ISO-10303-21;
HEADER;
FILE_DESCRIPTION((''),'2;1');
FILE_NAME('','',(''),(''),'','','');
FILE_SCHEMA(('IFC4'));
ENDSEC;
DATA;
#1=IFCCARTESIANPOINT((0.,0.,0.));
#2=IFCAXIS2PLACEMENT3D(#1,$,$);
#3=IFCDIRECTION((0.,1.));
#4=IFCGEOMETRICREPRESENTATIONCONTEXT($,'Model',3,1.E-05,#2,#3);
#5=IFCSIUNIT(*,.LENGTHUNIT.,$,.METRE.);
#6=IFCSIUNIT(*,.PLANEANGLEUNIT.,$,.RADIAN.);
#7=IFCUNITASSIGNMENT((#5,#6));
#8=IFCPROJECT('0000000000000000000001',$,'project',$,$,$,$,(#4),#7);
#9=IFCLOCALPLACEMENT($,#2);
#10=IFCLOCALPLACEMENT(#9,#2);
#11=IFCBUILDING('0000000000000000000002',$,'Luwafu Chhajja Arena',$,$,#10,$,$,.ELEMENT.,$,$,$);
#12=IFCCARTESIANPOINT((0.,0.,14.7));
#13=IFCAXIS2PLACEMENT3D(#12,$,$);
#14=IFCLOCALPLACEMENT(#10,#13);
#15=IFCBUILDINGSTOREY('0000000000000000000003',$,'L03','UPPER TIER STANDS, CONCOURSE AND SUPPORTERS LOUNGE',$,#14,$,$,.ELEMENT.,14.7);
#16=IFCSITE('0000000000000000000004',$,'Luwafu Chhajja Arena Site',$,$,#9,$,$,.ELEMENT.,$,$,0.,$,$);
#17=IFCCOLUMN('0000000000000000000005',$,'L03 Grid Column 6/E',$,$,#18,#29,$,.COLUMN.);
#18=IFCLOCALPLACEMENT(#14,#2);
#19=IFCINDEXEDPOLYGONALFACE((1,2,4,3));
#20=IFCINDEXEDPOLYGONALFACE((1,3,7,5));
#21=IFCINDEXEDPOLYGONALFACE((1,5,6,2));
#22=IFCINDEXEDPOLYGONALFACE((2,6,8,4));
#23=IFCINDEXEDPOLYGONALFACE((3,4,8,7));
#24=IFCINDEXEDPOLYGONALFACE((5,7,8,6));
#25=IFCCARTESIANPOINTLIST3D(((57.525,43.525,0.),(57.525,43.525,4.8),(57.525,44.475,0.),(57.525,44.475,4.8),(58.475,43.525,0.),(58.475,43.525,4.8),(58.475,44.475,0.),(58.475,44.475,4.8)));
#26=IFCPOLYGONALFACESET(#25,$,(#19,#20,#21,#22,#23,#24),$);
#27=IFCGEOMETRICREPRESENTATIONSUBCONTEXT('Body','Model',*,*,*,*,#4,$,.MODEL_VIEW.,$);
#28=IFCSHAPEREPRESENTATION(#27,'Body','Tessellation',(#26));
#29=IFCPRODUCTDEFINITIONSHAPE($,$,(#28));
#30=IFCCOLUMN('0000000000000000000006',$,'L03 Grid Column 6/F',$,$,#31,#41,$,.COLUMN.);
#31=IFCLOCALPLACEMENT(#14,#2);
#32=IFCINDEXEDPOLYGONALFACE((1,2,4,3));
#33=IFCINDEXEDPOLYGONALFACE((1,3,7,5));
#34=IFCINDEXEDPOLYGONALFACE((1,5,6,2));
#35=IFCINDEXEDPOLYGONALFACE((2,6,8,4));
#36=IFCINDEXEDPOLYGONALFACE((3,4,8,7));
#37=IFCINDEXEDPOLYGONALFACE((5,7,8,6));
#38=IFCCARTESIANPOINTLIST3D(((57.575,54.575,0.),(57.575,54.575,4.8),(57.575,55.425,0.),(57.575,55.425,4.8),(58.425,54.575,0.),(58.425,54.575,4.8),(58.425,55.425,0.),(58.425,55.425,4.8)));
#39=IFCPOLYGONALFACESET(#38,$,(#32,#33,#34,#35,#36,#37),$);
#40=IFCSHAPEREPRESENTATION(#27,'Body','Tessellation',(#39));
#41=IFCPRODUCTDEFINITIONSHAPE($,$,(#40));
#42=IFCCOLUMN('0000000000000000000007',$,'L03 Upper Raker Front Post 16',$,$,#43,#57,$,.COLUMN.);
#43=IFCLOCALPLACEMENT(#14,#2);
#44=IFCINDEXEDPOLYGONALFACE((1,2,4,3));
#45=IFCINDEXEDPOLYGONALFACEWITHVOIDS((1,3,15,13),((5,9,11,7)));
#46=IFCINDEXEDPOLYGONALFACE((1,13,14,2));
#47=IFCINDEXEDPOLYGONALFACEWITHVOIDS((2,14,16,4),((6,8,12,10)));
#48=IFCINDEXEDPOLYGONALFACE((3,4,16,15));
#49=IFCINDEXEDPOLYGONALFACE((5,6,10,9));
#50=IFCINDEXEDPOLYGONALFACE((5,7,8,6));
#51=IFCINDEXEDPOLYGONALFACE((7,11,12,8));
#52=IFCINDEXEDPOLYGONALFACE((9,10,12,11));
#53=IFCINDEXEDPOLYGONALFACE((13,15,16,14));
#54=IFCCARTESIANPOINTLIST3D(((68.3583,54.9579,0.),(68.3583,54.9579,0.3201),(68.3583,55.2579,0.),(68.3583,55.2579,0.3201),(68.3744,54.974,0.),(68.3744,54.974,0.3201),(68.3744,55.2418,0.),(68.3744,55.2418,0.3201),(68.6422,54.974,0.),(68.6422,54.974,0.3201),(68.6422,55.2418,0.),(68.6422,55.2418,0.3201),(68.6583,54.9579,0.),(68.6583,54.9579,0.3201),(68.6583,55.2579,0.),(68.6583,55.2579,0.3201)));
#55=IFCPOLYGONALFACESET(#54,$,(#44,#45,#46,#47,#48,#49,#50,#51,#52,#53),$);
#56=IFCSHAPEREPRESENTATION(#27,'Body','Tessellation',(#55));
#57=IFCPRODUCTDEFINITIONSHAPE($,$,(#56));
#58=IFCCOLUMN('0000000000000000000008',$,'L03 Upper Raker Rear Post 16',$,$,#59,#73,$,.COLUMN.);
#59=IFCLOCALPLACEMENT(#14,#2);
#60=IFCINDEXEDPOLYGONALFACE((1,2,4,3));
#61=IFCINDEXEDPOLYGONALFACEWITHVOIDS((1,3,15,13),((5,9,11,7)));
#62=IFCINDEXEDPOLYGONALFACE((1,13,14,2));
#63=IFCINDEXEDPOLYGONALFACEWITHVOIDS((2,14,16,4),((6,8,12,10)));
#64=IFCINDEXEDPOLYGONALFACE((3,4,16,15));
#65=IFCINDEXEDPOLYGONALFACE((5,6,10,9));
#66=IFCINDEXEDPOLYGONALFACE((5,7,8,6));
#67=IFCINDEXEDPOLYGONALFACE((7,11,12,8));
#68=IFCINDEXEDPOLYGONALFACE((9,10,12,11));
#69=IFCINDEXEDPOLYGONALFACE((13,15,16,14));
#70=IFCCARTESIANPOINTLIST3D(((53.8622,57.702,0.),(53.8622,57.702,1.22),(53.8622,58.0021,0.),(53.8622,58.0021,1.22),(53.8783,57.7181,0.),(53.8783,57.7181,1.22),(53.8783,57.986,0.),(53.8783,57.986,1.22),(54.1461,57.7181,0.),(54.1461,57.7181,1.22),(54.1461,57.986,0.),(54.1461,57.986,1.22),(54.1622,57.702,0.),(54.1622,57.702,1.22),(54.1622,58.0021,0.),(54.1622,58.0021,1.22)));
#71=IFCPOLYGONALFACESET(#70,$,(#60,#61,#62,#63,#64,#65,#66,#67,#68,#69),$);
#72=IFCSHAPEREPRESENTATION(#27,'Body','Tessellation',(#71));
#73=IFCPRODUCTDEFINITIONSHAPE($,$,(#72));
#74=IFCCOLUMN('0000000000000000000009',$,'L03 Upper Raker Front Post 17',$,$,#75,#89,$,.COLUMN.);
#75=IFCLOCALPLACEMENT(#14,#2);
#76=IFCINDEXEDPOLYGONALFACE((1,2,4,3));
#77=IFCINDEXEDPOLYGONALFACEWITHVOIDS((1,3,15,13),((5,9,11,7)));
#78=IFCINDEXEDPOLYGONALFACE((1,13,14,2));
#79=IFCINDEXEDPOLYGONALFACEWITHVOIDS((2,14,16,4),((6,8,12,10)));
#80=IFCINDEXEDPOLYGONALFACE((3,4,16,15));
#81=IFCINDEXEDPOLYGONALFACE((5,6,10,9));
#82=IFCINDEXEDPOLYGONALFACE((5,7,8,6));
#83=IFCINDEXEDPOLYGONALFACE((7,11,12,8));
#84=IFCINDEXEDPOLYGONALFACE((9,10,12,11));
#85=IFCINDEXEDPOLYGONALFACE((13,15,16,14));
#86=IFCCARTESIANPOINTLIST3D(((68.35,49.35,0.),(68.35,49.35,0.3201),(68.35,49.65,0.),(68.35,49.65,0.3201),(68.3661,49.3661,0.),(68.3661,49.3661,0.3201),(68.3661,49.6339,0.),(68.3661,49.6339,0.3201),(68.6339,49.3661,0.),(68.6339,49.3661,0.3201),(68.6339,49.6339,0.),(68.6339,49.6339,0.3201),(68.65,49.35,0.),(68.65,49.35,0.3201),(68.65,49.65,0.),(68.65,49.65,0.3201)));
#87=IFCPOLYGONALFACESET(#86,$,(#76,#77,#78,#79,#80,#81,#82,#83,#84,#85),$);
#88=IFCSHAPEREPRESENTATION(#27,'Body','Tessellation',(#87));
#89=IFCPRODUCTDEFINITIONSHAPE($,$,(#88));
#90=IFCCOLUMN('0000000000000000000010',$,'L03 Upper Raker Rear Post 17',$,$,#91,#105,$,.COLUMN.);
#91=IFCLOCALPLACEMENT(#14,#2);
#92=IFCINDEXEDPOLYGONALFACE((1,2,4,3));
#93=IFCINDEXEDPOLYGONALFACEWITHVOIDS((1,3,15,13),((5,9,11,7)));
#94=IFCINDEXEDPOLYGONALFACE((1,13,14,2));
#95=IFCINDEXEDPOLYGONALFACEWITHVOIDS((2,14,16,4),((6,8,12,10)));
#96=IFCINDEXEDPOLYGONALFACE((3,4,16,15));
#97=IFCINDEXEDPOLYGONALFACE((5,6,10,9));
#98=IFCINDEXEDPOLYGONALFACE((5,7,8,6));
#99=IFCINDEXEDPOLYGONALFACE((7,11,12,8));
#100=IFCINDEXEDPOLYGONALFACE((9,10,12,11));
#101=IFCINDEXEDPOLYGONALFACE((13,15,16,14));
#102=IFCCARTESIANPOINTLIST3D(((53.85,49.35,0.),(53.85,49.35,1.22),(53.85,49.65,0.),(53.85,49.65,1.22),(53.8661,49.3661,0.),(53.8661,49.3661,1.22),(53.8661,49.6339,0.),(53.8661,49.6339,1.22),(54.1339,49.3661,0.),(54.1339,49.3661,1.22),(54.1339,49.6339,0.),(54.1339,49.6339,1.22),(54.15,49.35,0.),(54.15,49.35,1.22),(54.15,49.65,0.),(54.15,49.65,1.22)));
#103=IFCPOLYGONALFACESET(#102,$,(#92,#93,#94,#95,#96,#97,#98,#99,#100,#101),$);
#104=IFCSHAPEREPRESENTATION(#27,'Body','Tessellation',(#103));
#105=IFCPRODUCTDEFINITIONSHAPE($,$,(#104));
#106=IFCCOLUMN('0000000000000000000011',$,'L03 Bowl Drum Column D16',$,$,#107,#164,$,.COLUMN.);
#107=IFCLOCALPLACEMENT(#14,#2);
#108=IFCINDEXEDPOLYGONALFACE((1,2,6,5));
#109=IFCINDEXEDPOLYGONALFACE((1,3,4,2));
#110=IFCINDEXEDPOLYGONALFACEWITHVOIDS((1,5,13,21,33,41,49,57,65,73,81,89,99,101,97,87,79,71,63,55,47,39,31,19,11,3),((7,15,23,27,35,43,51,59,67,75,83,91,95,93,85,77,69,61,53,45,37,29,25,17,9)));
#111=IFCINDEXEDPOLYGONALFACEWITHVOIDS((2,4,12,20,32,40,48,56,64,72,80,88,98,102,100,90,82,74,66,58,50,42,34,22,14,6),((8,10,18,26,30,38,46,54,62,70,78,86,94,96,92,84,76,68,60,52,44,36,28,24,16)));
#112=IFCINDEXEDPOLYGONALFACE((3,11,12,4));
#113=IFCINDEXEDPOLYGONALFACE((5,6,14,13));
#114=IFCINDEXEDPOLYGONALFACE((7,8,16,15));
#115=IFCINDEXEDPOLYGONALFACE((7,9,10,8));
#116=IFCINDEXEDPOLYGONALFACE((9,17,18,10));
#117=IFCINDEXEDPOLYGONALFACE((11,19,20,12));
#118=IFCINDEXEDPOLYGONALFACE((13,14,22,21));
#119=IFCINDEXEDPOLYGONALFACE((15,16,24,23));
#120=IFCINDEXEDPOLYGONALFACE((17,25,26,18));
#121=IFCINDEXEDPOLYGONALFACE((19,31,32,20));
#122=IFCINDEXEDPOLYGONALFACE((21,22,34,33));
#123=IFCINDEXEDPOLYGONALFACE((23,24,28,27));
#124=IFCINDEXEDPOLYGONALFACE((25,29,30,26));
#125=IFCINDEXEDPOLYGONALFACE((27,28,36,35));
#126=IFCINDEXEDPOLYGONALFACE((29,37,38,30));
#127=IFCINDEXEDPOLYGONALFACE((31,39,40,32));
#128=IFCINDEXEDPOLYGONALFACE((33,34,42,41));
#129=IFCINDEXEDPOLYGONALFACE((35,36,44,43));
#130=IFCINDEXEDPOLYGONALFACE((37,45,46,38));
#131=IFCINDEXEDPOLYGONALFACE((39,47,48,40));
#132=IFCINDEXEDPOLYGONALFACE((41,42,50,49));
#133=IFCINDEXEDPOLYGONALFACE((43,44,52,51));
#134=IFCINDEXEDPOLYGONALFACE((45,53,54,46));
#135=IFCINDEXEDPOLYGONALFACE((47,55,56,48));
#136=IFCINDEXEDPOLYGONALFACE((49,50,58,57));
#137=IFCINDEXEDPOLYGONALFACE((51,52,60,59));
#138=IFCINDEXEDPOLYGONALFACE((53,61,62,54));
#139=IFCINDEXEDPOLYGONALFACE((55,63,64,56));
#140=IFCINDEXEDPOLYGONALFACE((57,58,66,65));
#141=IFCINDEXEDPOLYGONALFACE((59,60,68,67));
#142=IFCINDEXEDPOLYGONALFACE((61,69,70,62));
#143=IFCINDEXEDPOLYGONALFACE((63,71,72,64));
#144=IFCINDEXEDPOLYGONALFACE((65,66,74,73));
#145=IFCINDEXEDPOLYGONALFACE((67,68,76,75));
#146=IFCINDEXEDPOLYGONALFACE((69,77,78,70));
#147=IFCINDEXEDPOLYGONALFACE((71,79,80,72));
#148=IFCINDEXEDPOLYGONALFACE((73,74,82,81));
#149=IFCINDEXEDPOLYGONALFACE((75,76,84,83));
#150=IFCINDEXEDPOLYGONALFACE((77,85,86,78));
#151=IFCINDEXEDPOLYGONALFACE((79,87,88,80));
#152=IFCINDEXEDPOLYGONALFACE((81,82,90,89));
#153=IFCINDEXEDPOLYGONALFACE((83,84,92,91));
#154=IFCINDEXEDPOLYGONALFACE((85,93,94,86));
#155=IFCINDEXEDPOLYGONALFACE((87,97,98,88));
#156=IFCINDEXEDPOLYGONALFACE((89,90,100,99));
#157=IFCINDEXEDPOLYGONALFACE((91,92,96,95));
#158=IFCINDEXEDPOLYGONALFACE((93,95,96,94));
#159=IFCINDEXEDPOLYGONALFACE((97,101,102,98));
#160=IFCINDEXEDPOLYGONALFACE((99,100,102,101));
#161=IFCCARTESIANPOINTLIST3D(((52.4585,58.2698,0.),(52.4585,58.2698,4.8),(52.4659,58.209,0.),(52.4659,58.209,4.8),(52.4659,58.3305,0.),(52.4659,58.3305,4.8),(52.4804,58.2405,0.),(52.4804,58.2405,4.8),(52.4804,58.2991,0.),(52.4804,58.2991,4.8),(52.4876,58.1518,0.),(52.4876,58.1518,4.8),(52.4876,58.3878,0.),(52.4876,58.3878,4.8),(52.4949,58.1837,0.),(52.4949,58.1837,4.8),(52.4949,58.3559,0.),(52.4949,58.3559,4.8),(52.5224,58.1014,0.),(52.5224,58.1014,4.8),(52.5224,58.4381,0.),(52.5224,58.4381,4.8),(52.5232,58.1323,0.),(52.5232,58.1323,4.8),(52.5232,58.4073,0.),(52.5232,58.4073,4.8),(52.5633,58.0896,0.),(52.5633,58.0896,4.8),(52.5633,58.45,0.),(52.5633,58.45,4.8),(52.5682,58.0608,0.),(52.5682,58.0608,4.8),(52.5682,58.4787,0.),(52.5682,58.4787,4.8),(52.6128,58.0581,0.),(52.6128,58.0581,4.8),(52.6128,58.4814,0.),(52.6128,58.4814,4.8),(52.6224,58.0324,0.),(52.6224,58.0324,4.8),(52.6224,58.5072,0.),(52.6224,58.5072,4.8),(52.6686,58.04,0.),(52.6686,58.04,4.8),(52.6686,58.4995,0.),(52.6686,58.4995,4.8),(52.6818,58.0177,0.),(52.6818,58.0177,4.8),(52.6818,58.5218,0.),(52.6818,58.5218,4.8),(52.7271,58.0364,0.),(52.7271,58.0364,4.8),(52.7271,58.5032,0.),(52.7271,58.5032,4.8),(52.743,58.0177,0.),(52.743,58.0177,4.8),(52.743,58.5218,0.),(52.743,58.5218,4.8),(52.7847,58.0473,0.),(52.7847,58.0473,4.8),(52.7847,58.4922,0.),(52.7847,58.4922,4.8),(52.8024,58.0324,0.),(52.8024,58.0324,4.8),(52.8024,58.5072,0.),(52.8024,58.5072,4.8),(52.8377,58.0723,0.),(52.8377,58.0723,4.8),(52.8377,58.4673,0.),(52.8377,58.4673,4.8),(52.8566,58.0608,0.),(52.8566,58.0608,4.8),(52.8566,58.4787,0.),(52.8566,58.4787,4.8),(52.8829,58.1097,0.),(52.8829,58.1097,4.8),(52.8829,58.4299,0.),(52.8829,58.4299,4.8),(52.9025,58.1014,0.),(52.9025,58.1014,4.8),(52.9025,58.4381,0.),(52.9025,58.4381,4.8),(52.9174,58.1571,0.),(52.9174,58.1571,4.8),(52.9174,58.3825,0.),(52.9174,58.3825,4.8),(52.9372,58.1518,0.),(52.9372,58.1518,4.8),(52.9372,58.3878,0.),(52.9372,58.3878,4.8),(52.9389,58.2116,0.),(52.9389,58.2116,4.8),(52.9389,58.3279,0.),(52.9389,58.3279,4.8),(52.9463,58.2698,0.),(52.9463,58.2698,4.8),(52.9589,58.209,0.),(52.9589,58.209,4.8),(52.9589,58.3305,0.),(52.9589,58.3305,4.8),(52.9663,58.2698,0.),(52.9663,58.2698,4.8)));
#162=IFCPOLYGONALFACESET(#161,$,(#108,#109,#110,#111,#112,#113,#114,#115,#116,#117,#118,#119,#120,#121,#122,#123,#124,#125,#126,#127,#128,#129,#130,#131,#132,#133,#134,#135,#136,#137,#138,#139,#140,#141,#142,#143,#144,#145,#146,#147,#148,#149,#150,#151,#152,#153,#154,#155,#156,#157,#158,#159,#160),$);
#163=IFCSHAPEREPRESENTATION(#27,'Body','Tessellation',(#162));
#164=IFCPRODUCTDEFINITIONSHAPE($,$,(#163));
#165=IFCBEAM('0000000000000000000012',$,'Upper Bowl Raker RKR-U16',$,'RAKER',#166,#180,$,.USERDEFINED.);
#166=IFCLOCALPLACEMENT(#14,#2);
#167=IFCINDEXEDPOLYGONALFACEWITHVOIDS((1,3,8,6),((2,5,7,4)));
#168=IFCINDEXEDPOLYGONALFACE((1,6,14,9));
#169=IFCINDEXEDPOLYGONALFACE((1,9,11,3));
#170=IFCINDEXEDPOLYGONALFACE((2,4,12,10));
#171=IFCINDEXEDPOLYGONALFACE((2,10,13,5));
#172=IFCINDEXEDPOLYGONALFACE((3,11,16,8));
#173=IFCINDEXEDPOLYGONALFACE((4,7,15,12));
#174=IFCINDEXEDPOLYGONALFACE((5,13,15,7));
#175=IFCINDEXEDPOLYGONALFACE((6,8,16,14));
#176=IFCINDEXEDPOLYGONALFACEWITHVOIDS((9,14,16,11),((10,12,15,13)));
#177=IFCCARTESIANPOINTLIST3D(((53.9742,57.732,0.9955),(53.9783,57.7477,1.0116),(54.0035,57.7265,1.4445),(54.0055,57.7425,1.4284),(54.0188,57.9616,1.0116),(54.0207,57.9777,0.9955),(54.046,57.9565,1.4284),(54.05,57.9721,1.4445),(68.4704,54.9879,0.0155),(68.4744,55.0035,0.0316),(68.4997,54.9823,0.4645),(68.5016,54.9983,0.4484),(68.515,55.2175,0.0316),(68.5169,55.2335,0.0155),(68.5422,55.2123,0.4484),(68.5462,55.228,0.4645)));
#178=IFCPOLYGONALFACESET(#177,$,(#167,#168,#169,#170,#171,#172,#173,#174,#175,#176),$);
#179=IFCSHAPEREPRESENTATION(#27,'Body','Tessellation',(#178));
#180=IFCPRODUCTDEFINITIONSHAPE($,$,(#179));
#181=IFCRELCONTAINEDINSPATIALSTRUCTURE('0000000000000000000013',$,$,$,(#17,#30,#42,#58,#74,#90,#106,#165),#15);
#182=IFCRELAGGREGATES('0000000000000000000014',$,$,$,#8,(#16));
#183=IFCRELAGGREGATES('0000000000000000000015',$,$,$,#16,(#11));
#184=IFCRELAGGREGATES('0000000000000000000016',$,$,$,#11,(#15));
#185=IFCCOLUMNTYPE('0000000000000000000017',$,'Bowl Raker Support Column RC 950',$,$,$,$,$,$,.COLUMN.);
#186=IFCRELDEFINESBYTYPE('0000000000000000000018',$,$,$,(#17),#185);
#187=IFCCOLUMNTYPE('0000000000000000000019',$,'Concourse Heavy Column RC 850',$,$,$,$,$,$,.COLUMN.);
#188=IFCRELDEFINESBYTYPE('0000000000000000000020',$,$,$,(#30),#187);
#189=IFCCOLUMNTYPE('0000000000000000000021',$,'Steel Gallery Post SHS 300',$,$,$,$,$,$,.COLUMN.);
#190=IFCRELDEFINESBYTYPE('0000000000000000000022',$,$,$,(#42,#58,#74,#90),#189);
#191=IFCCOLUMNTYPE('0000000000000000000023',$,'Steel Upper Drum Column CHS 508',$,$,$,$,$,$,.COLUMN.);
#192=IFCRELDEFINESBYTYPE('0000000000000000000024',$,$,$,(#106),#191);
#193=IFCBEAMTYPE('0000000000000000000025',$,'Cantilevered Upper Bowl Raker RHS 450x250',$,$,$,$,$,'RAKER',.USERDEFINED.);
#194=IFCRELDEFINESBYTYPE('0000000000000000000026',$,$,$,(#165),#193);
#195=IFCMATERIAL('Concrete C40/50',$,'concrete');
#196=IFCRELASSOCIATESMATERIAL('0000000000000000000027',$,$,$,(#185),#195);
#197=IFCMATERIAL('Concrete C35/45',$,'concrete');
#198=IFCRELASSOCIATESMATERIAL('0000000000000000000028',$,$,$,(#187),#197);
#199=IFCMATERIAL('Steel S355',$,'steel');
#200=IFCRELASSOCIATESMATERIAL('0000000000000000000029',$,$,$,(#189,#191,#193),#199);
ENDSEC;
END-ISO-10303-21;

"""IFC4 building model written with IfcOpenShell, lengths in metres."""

from ifc_helpers import new_model, si_unit, direction, frame, origin, origin_2d, place, context, subcontext, project, spatial, rectangle, hollow_rectangle, hollow_circle, extrude, material, material_profile, profile_set, type_object, element, save


model = new_model("IFC4")

# Units and contexts
model_context = context("Model", 3, precision=1e-05, world=origin(), true_north=direction((0.0, 1.0)))
body_context = subcontext(model_context, "Body", "Model", "MODEL_VIEW")
ifc_project = project(units=[si_unit("LENGTHUNIT", "METRE"), si_unit("PLANEANGLEUNIT", "RADIAN")], contexts=[model_context])

# Site, building, storey
site_placement = place(None, origin())
site = spatial("IfcSite", under=ifc_project, at=site_placement, Name="Luwafu Chhajja Arena Site", CompositionType="ELEMENT", RefElevation=0.0)
building_placement = place(site_placement, origin())
building = spatial("IfcBuilding", under=site, at=building_placement, Name="Luwafu Chhajja Arena", CompositionType="ELEMENT")
storey_placement = place(building_placement, frame((0.0, 0.0, 14.7)))
storey = spatial("IfcBuildingStorey", under=building, at=storey_placement, Name="L03", Description="UPPER TIER STANDS, CONCOURSE AND SUPPORTERS LOUNGE", CompositionType="ELEMENT", Elevation=14.7)

# Columns
ifc_material_1 = material(Name="Concrete C40/50", Category="concrete")
ifc_material_profile_1 = material_profile(ifc_material_1, rectangle(XDim=0.95, YDim=0.95, at=origin_2d()), Name="RC 950x950")
ifc_profile_set_1 = profile_set([ifc_material_profile_1], Name="Concrete C40/50")
column_type_1 = type_object("IfcColumnType", Name="Bowl Raker Support Column RC 950", PredefinedType="COLUMN", material=ifc_profile_set_1)
column_1_placement = place(storey_placement, frame((58.0, 44.0, 0.0), z_axis=(0.0, 0.0, 1.0), x_axis=(1.0, 0.0, 0.0)))
element("IfcColumn", 1, at=column_1_placement, inside=storey, type_object=column_type_1, Name="L03 Grid Column 6/E", PredefinedType="COLUMN", context=body_context, shape_type="SweptSolid", body=[
    extrude(rectangle(XDim=0.95, YDim=0.95, at=origin_2d()), origin(), (0.0, 0.0, 1.0), 4.8),
])
ifc_material_2 = material(Name="Concrete C35/45", Category="concrete")
ifc_material_profile_2 = material_profile(ifc_material_2, rectangle(XDim=0.8501, YDim=0.8501, at=origin_2d()), Name="RC 850x850")
ifc_profile_set_2 = profile_set([ifc_material_profile_2], Name="Concrete C35/45")
column_type_2 = type_object("IfcColumnType", Name="Concourse Heavy Column RC 850", PredefinedType="COLUMN", material=ifc_profile_set_2)
column_2_placement = place(storey_placement, frame((58.0, 55.0, 0.0), z_axis=(0.0, 0.0, 1.0), x_axis=(1.0, 0.0, 0.0)))
element("IfcColumn", 2, at=column_2_placement, inside=storey, type_object=column_type_2, Name="L03 Grid Column 6/F", PredefinedType="COLUMN", context=body_context, shape_type="SweptSolid", body=[
    extrude(rectangle(XDim=0.8501, YDim=0.8501, at=origin_2d()), origin(), (0.0, 0.0, 1.0), 4.8),
])
ifc_material_3 = material(Name="Steel S355", Category="steel")
ifc_material_profile_3 = material_profile(ifc_material_3, hollow_rectangle(XDim=0.3, YDim=0.3, WallThickness=0.0161, at=origin_2d()), Name="SHS 300x300x16")
ifc_profile_set_3 = profile_set([ifc_material_profile_3], Name="Steel S355")
column_type_3 = type_object("IfcColumnType", Name="Steel Gallery Post SHS 300", PredefinedType="COLUMN", material=ifc_profile_set_3)
column_3_placement = place(storey_placement, frame((68.5083, 55.1079, 0.0), z_axis=(0.0, 0.0, 1.0), x_axis=(1.0, 0.0, 0.0)))
element("IfcColumn", 3, at=column_3_placement, inside=storey, type_object=column_type_3, Name="L03 Upper Raker Front Post 16", PredefinedType="COLUMN", context=body_context, shape_type="SweptSolid", body=[
    extrude(hollow_rectangle(XDim=0.3, YDim=0.3, WallThickness=0.0161, at=origin_2d()), origin(), (0.0, 0.0, 1.0), 0.3201),
])
column_4_placement = place(storey_placement, frame((54.0122, 57.8521, 0.0), z_axis=(0.0, 0.0, 1.0), x_axis=(1.0, 0.0, 0.0)))
element("IfcColumn", 4, at=column_4_placement, inside=storey, type_object=column_type_3, Name="L03 Upper Raker Rear Post 16", PredefinedType="COLUMN", context=body_context, shape_type="SweptSolid", body=[
    extrude(hollow_rectangle(XDim=0.3, YDim=0.3, WallThickness=0.0161, at=origin_2d()), origin(), (0.0, 0.0, 1.0), 1.22),
])
column_5_placement = place(storey_placement, frame((68.5, 49.5, 0.0), z_axis=(0.0, 0.0, 1.0), x_axis=(1.0, 0.0, 0.0)))
element("IfcColumn", 5, at=column_5_placement, inside=storey, type_object=column_type_3, Name="L03 Upper Raker Front Post 17", PredefinedType="COLUMN", context=body_context, shape_type="SweptSolid", body=[
    extrude(hollow_rectangle(XDim=0.3, YDim=0.3, WallThickness=0.0161, at=origin_2d()), origin(), (0.0, 0.0, 1.0), 0.3201),
])
column_6_placement = place(storey_placement, frame((54.0, 49.5, 0.0), z_axis=(0.0, 0.0, 1.0), x_axis=(1.0, 0.0, 0.0)))
element("IfcColumn", 6, at=column_6_placement, inside=storey, type_object=column_type_3, Name="L03 Upper Raker Rear Post 17", PredefinedType="COLUMN", context=body_context, shape_type="SweptSolid", body=[
    extrude(hollow_rectangle(XDim=0.3, YDim=0.3, WallThickness=0.0161, at=origin_2d()), origin(), (0.0, 0.0, 1.0), 1.22),
])
ifc_material_profile_4 = material_profile(ifc_material_3, hollow_circle(Radius=0.2539, WallThickness=0.02, at=origin_2d()), Name="CHS 508x20")
ifc_profile_set_4 = profile_set([ifc_material_profile_4], Name="Steel S355")
column_type_4 = type_object("IfcColumnType", Name="Steel Upper Drum Column CHS 508", PredefinedType="COLUMN", material=ifc_profile_set_4)
column_7_placement = place(storey_placement, frame((52.7124, 58.2698, 0.0), z_axis=(0.0, 0.0, 1.0), x_axis=(1.0, 0.0, 0.0)))
element("IfcColumn", 7, at=column_7_placement, inside=storey, type_object=column_type_4, Name="L03 Bowl Drum Column D16", PredefinedType="COLUMN", context=body_context, shape_type="SweptSolid", body=[
    extrude(hollow_circle(Radius=0.2539, WallThickness=0.02, at=origin_2d()), origin(), (0.0, 0.0, 1.0), 4.8),
])

# Beam
ifc_material_profile_5 = material_profile(ifc_material_3, hollow_rectangle(XDim=0.25, YDim=0.45, WallThickness=0.0161, at=origin_2d()), Name="RHS 450x250x16")
ifc_profile_set_5 = profile_set([ifc_material_profile_5], Name="Steel S355")
beam_type_1 = type_object("IfcBeamType", Name="Cantilevered Upper Bowl Raker RHS 450x250", ElementType="RAKER", PredefinedType="USERDEFINED", material=ifc_profile_set_5)
beam_1_placement = place(storey_placement, frame((68.5083, 55.1079, 0.24), z_axis=(-0.98039, 0.18559, 0.066277), x_axis=(-0.185999, -0.98255, 0.0)))
element("IfcBeam", 8, at=beam_1_placement, inside=storey, type_object=beam_type_1, Name="Upper Bowl Raker RKR-U16", ObjectType="RAKER", PredefinedType="USERDEFINED", context=body_context, shape_type="SweptSolid", body=[
    extrude(hollow_rectangle(XDim=0.25, YDim=0.45, WallThickness=0.0161, at=origin_2d()), origin(), (0.0, 0.0, 1.0), 14.7861),
])

save(model, "model.ifc")
